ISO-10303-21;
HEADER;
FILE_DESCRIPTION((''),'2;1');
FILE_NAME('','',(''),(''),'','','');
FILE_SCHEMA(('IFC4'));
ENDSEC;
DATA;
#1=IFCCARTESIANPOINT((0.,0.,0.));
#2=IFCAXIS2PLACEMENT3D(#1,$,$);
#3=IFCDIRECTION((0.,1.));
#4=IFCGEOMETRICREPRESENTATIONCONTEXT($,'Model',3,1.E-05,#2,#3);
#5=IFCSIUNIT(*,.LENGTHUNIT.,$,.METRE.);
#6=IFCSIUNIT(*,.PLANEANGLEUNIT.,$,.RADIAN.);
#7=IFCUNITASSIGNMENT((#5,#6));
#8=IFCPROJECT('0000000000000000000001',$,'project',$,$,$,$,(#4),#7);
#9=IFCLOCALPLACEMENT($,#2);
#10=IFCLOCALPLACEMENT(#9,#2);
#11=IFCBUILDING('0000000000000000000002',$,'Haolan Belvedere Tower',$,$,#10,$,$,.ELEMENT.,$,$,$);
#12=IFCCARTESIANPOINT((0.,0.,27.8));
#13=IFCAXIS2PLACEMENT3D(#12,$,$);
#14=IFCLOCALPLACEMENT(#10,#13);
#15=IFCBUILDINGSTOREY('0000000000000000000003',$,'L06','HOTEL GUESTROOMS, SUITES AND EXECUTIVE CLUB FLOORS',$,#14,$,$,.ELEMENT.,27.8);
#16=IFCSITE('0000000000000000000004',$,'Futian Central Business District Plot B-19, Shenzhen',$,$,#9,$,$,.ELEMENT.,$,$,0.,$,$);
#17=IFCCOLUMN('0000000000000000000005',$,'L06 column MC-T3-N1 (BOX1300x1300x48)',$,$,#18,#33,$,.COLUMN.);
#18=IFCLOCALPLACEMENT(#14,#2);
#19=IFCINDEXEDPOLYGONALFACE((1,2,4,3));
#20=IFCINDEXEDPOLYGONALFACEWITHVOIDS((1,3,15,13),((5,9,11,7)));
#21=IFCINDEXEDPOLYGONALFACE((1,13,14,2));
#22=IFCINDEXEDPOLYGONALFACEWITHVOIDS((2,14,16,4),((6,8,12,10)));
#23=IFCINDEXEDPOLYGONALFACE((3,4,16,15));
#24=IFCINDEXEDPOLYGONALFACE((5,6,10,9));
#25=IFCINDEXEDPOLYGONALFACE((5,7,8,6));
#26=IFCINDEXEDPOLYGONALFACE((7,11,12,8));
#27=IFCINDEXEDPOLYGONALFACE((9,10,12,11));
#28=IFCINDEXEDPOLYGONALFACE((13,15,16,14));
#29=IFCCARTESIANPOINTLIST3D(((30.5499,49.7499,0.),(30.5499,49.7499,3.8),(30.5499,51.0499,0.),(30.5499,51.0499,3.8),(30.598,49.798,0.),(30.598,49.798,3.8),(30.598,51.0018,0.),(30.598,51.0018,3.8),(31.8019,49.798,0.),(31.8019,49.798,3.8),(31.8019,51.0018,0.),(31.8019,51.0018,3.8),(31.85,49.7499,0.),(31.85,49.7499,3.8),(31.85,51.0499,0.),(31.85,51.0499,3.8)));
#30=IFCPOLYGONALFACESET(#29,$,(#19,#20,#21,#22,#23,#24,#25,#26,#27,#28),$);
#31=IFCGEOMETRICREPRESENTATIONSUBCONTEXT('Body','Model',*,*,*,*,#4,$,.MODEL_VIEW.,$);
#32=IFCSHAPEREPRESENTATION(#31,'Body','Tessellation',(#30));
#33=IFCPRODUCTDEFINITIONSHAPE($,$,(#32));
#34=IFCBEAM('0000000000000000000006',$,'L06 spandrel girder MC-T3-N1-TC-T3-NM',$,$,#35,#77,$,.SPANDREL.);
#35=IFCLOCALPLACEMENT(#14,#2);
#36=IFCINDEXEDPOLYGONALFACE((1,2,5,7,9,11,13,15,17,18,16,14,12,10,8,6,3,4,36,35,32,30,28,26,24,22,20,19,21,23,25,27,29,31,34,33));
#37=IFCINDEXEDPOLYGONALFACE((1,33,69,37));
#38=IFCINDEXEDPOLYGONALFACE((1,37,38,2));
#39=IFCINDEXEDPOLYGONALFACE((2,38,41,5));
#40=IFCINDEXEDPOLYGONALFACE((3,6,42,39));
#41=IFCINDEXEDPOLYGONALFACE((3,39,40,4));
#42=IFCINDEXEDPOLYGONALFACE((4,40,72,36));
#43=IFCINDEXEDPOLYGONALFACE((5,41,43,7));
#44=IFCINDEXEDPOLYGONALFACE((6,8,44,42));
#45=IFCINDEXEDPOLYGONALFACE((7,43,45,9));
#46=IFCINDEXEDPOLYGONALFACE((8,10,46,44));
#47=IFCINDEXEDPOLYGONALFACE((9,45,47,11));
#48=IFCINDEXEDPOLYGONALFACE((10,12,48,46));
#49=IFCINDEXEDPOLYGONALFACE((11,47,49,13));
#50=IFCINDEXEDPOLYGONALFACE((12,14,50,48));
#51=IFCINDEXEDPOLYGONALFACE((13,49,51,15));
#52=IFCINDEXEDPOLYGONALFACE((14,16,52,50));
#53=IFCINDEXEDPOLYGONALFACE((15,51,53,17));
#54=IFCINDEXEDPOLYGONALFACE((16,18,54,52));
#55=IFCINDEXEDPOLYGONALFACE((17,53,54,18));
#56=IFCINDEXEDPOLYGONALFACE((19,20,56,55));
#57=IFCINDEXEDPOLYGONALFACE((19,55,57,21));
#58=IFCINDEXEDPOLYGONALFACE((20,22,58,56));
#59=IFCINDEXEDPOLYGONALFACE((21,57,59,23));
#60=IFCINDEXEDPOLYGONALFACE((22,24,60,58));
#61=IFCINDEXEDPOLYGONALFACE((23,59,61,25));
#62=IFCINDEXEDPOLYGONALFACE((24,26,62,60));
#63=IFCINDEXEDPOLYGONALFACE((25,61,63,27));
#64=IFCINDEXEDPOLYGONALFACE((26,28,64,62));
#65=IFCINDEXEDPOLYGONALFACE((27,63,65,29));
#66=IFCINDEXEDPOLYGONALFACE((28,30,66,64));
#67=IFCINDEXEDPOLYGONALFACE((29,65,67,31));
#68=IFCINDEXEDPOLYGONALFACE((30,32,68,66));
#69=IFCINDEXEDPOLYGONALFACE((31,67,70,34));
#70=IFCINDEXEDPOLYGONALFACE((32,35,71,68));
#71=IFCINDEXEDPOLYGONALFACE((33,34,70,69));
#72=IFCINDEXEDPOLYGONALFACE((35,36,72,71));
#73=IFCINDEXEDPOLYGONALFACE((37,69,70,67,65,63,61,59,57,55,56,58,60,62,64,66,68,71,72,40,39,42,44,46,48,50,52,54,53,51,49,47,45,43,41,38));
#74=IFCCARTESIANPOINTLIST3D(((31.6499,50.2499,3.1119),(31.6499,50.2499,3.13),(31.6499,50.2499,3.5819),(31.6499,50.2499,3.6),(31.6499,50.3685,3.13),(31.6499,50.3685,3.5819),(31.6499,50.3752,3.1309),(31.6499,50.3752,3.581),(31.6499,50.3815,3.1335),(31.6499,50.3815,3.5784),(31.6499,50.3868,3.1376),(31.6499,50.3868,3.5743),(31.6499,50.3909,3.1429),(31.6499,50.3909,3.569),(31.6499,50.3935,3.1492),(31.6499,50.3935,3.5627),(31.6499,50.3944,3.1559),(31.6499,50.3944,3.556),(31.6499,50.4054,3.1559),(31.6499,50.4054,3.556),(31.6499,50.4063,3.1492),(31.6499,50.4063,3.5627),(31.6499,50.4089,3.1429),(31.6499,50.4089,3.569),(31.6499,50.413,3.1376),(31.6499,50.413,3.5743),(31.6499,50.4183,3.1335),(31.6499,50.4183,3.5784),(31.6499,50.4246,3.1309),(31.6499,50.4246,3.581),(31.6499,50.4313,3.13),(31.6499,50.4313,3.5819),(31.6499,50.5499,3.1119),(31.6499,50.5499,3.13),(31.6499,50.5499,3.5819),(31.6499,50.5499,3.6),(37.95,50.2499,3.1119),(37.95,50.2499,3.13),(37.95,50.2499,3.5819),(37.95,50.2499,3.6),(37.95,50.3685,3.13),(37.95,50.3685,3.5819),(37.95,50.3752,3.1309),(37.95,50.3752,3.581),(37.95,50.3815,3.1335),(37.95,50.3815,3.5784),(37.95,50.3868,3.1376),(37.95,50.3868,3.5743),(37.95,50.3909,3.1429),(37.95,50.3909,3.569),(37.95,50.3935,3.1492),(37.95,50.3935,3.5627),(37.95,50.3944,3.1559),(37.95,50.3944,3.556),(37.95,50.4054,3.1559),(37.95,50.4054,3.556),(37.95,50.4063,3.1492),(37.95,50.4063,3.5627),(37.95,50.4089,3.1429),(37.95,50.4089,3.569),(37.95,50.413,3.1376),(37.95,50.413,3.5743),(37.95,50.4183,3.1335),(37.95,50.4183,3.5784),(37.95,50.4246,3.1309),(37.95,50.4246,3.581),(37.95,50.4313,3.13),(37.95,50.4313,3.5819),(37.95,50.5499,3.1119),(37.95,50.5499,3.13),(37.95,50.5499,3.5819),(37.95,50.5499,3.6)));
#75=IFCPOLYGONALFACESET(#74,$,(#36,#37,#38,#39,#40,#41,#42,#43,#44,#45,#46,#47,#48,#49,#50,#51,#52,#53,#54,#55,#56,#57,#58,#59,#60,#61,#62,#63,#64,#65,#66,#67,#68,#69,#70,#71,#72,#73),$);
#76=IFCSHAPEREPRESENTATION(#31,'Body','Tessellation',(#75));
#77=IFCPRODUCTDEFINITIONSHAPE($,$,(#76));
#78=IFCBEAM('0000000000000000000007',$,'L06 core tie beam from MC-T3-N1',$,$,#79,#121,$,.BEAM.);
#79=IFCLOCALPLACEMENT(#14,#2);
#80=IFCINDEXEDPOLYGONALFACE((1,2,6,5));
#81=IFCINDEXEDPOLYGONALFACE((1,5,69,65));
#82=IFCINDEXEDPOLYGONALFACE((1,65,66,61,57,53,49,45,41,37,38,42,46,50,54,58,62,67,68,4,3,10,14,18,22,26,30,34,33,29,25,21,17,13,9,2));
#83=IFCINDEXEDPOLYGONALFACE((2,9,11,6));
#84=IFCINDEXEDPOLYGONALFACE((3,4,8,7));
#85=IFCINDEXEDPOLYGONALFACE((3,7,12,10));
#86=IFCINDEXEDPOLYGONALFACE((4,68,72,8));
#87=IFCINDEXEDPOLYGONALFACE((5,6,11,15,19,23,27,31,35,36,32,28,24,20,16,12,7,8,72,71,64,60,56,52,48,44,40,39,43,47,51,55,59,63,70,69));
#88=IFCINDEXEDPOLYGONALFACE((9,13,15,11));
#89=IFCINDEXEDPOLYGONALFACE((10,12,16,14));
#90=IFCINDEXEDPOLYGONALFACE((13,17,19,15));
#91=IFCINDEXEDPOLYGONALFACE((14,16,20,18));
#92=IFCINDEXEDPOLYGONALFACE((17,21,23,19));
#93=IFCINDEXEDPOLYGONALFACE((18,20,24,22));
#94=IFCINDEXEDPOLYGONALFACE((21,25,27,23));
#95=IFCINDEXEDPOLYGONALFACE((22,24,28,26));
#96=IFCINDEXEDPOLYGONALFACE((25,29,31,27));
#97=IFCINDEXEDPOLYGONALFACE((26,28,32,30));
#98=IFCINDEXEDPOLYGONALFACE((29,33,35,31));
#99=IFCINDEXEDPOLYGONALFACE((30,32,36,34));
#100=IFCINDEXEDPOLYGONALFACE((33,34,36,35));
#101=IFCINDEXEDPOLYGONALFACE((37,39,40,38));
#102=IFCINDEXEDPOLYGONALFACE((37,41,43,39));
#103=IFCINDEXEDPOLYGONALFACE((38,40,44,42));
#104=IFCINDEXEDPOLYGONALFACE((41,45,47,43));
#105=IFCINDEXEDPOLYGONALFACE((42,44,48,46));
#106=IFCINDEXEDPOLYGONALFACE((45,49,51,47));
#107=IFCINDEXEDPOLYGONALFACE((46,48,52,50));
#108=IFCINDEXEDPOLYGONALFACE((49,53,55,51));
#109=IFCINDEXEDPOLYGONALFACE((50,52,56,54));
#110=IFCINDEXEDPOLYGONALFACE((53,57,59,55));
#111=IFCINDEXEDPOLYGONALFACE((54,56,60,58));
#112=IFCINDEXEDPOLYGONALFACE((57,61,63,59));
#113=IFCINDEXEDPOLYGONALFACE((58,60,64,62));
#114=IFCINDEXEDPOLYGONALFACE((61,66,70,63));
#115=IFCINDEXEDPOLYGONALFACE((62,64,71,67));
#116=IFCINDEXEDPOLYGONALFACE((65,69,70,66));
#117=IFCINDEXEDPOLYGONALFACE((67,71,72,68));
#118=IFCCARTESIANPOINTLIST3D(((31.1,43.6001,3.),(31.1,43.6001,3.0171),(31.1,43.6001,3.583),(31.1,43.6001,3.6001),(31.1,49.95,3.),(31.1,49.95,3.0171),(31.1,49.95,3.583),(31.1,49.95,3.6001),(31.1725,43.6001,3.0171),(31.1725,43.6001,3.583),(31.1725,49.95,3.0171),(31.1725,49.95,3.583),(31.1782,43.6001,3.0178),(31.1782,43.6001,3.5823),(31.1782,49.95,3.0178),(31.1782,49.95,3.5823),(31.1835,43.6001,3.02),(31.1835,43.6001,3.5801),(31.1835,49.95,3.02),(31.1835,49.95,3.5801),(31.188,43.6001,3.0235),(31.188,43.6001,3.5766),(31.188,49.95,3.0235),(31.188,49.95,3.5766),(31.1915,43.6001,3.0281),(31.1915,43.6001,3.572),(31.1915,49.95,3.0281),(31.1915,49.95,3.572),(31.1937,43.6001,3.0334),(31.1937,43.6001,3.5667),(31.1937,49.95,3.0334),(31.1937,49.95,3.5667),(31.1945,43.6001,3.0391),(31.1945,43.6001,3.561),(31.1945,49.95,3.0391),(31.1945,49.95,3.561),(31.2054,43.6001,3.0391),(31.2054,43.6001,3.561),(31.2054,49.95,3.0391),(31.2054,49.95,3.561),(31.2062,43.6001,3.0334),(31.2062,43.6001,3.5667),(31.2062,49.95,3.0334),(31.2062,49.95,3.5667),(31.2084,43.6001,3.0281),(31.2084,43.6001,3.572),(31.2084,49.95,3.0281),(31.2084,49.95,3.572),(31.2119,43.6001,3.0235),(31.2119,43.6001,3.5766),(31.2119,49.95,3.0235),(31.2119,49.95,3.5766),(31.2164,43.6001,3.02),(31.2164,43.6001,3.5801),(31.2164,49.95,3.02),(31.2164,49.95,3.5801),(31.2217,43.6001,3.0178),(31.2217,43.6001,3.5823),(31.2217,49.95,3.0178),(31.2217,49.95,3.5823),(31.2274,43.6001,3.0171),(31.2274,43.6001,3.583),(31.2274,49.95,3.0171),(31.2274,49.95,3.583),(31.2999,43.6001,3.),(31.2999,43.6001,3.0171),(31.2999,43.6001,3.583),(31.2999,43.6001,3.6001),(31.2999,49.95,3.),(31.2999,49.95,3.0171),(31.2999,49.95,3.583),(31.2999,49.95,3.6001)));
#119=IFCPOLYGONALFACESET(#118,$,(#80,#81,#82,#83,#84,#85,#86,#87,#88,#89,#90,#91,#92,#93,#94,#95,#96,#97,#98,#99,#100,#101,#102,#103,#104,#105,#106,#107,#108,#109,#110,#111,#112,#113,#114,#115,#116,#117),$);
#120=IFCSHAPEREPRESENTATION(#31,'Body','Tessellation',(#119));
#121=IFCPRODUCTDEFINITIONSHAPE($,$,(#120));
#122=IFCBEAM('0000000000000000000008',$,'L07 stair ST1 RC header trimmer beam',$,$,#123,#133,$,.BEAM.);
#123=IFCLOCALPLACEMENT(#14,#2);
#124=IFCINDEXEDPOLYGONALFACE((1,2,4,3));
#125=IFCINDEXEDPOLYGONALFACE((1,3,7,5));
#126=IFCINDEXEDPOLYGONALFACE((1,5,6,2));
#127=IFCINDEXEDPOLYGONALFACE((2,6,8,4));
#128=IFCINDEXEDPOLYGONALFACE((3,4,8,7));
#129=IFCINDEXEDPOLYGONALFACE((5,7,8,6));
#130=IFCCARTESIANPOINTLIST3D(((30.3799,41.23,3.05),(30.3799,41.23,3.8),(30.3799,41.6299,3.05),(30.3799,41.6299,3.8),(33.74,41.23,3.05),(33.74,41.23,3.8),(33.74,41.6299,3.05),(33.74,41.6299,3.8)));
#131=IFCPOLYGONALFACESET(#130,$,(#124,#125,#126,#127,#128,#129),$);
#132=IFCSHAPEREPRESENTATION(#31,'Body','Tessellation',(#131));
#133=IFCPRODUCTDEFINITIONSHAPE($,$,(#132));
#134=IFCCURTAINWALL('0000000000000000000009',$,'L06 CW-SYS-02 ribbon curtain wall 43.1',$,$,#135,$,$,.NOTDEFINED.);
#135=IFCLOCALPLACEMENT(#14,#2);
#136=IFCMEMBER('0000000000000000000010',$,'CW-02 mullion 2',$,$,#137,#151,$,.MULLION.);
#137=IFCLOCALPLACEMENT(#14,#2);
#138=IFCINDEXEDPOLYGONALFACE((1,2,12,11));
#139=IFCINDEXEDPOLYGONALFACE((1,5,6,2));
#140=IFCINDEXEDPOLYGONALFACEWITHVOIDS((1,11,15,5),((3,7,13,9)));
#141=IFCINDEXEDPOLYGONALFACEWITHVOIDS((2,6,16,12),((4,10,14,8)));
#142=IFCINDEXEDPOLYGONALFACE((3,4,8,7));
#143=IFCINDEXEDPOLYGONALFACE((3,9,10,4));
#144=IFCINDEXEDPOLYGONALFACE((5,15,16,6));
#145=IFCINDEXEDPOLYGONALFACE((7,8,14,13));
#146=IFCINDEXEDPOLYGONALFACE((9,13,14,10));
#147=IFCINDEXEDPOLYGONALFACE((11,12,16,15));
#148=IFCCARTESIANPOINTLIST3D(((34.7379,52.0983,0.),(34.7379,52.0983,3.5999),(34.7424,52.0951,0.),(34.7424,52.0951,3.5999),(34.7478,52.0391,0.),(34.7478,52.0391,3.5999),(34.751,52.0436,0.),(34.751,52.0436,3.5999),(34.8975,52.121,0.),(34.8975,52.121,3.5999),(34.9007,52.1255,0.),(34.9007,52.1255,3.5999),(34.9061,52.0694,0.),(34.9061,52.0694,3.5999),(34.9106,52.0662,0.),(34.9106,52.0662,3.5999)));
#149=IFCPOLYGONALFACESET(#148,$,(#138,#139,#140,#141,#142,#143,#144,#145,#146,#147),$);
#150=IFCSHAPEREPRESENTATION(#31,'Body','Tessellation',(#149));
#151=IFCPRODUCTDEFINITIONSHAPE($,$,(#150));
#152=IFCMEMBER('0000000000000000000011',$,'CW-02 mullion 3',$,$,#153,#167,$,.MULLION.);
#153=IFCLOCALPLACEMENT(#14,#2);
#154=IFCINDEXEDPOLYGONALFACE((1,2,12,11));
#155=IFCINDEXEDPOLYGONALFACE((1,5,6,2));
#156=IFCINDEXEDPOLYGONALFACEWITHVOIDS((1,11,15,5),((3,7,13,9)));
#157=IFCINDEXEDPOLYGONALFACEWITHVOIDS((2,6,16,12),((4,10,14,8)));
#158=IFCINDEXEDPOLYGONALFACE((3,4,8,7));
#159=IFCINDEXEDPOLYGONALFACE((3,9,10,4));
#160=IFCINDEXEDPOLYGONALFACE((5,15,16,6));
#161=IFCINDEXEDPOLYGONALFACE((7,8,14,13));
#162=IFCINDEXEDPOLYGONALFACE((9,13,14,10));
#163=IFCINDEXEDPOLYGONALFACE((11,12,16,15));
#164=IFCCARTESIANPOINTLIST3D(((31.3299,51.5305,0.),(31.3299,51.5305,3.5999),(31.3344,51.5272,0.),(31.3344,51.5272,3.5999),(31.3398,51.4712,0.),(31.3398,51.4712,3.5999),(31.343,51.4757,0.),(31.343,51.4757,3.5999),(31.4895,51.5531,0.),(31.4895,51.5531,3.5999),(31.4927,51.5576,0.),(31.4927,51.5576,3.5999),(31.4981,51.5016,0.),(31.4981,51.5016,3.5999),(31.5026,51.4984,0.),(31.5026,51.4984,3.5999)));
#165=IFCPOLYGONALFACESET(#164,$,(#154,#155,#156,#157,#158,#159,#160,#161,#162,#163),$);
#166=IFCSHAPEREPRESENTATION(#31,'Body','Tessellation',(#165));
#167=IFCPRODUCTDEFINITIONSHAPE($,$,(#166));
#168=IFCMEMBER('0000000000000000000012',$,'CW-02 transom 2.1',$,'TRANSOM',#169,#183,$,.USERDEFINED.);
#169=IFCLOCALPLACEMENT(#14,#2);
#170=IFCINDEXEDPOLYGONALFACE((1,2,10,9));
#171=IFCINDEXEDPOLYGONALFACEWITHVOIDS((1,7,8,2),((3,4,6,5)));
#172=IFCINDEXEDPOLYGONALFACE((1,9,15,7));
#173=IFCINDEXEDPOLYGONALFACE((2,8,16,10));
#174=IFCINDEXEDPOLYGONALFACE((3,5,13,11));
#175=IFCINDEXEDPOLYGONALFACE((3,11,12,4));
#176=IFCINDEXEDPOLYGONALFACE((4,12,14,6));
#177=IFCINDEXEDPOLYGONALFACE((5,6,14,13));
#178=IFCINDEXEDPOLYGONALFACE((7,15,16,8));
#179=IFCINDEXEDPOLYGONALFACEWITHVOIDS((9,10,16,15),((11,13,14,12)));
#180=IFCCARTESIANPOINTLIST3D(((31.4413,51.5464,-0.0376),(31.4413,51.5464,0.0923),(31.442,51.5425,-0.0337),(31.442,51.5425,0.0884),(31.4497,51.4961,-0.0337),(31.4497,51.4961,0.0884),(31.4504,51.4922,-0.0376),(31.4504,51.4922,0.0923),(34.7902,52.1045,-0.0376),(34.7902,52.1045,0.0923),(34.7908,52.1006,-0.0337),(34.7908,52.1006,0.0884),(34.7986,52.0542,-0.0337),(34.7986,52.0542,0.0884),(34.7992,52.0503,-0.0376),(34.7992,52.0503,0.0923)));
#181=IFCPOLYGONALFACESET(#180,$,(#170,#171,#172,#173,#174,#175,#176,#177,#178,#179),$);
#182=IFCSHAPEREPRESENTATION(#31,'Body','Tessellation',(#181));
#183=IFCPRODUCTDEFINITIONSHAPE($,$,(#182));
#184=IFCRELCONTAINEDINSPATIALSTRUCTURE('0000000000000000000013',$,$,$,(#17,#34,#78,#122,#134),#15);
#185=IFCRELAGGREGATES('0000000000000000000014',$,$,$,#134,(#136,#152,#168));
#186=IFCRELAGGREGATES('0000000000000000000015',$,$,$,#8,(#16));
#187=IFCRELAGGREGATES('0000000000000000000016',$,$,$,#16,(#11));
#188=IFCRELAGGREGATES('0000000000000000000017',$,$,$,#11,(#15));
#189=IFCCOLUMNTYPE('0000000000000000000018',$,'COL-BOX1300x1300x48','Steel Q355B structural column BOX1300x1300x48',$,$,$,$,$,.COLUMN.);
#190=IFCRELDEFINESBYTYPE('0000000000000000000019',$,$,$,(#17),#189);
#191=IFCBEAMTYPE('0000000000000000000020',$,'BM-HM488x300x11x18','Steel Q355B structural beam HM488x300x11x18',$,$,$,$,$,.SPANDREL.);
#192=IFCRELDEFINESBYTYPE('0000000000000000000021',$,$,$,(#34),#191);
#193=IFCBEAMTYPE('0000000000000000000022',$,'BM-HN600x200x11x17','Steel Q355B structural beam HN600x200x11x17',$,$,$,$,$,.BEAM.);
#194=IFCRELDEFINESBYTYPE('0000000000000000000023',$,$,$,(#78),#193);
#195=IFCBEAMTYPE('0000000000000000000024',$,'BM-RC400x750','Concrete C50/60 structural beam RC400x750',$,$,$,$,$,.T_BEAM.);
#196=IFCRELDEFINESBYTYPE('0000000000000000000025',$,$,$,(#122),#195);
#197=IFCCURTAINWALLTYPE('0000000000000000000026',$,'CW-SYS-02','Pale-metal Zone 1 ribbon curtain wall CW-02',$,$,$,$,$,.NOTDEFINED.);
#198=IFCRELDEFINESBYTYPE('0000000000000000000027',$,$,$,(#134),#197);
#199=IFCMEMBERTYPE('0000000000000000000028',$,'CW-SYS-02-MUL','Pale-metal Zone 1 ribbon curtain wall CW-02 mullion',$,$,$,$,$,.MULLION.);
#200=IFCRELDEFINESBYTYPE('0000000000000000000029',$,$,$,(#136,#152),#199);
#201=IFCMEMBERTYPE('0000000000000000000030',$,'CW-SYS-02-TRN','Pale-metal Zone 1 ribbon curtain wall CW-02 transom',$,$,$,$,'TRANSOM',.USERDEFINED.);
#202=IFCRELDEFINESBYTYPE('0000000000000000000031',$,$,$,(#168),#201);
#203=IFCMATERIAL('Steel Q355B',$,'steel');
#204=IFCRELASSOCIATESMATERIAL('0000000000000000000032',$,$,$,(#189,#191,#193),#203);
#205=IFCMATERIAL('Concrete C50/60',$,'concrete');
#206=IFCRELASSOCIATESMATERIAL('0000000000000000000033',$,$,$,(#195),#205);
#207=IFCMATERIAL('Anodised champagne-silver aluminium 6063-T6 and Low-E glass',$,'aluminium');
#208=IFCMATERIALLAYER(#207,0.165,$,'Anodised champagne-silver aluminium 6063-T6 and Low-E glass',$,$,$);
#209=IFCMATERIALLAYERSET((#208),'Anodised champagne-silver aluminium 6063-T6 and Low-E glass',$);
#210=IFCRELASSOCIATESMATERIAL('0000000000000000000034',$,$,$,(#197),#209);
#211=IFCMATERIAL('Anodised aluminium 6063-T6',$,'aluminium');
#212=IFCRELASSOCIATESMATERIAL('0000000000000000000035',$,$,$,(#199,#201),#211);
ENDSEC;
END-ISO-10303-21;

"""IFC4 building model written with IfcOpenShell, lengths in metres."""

from ifc_helpers import new_model, si_unit, direction, frame, origin, origin_2d, place, context, subcontext, project, spatial, rectangle, hollow_rectangle, i_section, extrude, material, layer, layer_set, material_profile, profile_set, type_object, element, aggregate, save


model = new_model("IFC4")

# Units and contexts
model_context = context("Model", 3, precision=1e-05, world=origin(), true_north=direction((0.0, 1.0)))
body_context = subcontext(model_context, "Body", "Model", "MODEL_VIEW")
ifc_project = project(units=[si_unit("LENGTHUNIT", "METRE"), si_unit("PLANEANGLEUNIT", "RADIAN")], contexts=[model_context])

# Site, building, storey
site_placement = place(None, origin())
site = spatial("IfcSite", under=ifc_project, at=site_placement, Name="Futian Central Business District Plot B-19, Shenzhen", CompositionType="ELEMENT", RefElevation=0.0)
building_placement = place(site_placement, origin())
building = spatial("IfcBuilding", under=site, at=building_placement, Name="Haolan Belvedere Tower", CompositionType="ELEMENT")
storey_placement = place(building_placement, frame((0.0, 0.0, 27.8)))
storey = spatial("IfcBuildingStorey", under=building, at=storey_placement, Name="L06", Description="HOTEL GUESTROOMS, SUITES AND EXECUTIVE CLUB FLOORS", CompositionType="ELEMENT", Elevation=27.8)

# Column
ifc_material_1 = material(Name="Steel Q355B", Category="steel")
ifc_material_profile_1 = material_profile(ifc_material_1, hollow_rectangle(XDim=1.3, YDim=1.3, WallThickness=0.0481, at=origin_2d()), Name="Steel Q355B")
ifc_profile_set_1 = profile_set([ifc_material_profile_1], Name="Steel Q355B")
column_type = type_object("IfcColumnType", Name="COL-BOX1300x1300x48", Description="Steel Q355B structural column BOX1300x1300x48", PredefinedType="COLUMN", material=ifc_profile_set_1)
column_placement = place(storey_placement, frame((31.2, 50.3999, 0.0), z_axis=(0.0, 0.0, 1.0), x_axis=(1.0, 0.0, 0.0)))
element("IfcColumn", 1, at=column_placement, inside=storey, type_object=column_type, Name="L06 column MC-T3-N1 (BOX1300x1300x48)", PredefinedType="COLUMN", context=body_context, shape_type="SweptSolid", body=[
    extrude(hollow_rectangle(XDim=1.3, YDim=1.3, WallThickness=0.0481, at=origin_2d()), origin(), (0.0, 0.0, 1.0), 3.8),
])

# Beams
ifc_material_profile_2 = material_profile(ifc_material_1, i_section(OverallWidth=0.3, OverallDepth=0.488, WebThickness=0.011, FlangeThickness=0.0181, FilletRadius=0.0259, at=origin_2d()), Name="Steel Q355B")
ifc_profile_set_2 = profile_set([ifc_material_profile_2], Name="Steel Q355B")
beam_type_1 = type_object("IfcBeamType", Name="BM-HM488x300x11x18", Description="Steel Q355B structural beam HM488x300x11x18", PredefinedType="SPANDREL", material=ifc_profile_set_2)
beam_1_placement = place(storey_placement, frame((31.6499, 50.3999, 3.356), z_axis=(1.0, 0.0, 0.0), x_axis=(0.0, 1.0, 0.0)))
element("IfcBeam", 2, at=beam_1_placement, inside=storey, type_object=beam_type_1, Name="L06 spandrel girder MC-T3-N1-TC-T3-NM", PredefinedType="SPANDREL", context=body_context, shape_type="SweptSolid", body=[
    extrude(i_section(OverallWidth=0.3, OverallDepth=0.488, WebThickness=0.011, FlangeThickness=0.0181, FilletRadius=0.0259, at=origin_2d()), origin(), (0.0, 0.0, 1.0), 6.3),
])
ifc_material_profile_3 = material_profile(ifc_material_1, i_section(OverallWidth=0.2, OverallDepth=0.6001, WebThickness=0.011, FlangeThickness=0.0171, FilletRadius=0.022, at=origin_2d()), Name="Steel Q355B")
ifc_profile_set_3 = profile_set([ifc_material_profile_3], Name="Steel Q355B")
beam_type_2 = type_object("IfcBeamType", Name="BM-HN600x200x11x17", Description="Steel Q355B structural beam HN600x200x11x17", PredefinedType="BEAM", material=ifc_profile_set_3)
beam_2_placement = place(storey_placement, frame((31.2, 49.95, 3.3), z_axis=(0.0, -1.0, 0.0), x_axis=(1.0, 0.0, 0.0)))
element("IfcBeam", 3, at=beam_2_placement, inside=storey, type_object=beam_type_2, Name="L06 core tie beam from MC-T3-N1", PredefinedType="BEAM", context=body_context, shape_type="SweptSolid", body=[
    extrude(i_section(OverallWidth=0.2, OverallDepth=0.6001, WebThickness=0.011, FlangeThickness=0.0171, FilletRadius=0.022, at=origin_2d()), origin(), (0.0, 0.0, 1.0), 6.3499),
])
ifc_material_2 = material(Name="Concrete C50/60", Category="concrete")
ifc_material_profile_4 = material_profile(ifc_material_2, rectangle(XDim=0.3999, YDim=0.75, at=origin_2d()), Name="Concrete C50/60")
ifc_profile_set_4 = profile_set([ifc_material_profile_4], Name="Concrete C50/60")
beam_type_3 = type_object("IfcBeamType", Name="BM-RC400x750", Description="Concrete C50/60 structural beam RC400x750", PredefinedType="T_BEAM", material=ifc_profile_set_4)
beam_3_placement = place(storey_placement, frame((30.3799, 41.4299, 3.425), z_axis=(1.0, 0.0, 0.0), x_axis=(0.0, 1.0, 0.0)))
element("IfcBeam", 4, at=beam_3_placement, inside=storey, type_object=beam_type_3, Name="L07 stair ST1 RC header trimmer beam", PredefinedType="BEAM", context=body_context, shape_type="SweptSolid", body=[
    extrude(rectangle(XDim=0.3999, YDim=0.75, at=origin_2d()), origin(), (0.0, 0.0, 1.0), 3.3601),
])

# Curtain wall, members
ifc_material_3 = material(Name="Anodised champagne-silver aluminium 6063-T6 and Low-E glass", Category="aluminium")
ifc_layer_1 = layer(ifc_material_3, 0.165, Name="Anodised champagne-silver aluminium 6063-T6 and Low-E glass")
ifc_layer_set_1 = layer_set([ifc_layer_1], Name="Anodised champagne-silver aluminium 6063-T6 and Low-E glass")
curtain_wall_type = type_object("IfcCurtainWallType", Name="CW-SYS-02", Description="Pale-metal Zone 1 ribbon curtain wall CW-02", PredefinedType="NOTDEFINED", material=ifc_layer_set_1)
curtain_wall_placement = place(storey_placement, origin())
curtain_wall = element("IfcCurtainWall", 5, at=curtain_wall_placement, inside=storey, type_object=curtain_wall_type, Name="L06 CW-SYS-02 ribbon curtain wall 43.1", PredefinedType="NOTDEFINED")
ifc_material_4 = material(Name="Anodised aluminium 6063-T6", Category="aluminium")
ifc_material_profile_5 = material_profile(ifc_material_4, hollow_rectangle(XDim=0.0601, YDim=0.165, WallThickness=0.0039, at=origin_2d()), Name="Anodised aluminium 6063-T6")
ifc_profile_set_5 = profile_set([ifc_material_profile_5], Name="Anodised aluminium 6063-T6")
member_type_1 = type_object("IfcMemberType", Name="CW-SYS-02-MUL", Description="Pale-metal Zone 1 ribbon curtain wall CW-02 mullion", PredefinedType="MULLION", material=ifc_profile_set_5)
member_1_placement = place(storey_placement, frame((34.8242, 52.0823, 0.0), z_axis=(0.0, 0.0, 1.0), x_axis=(0.164404, -0.986393, 0.0)))
member_1 = element("IfcMember", 6, at=member_1_placement, type_object=member_type_1, Name="CW-02 mullion 2", PredefinedType="MULLION", context=body_context, shape_type="SweptSolid", body=[
    extrude(hollow_rectangle(XDim=0.0601, YDim=0.165, WallThickness=0.0039, at=origin_2d()), origin(), (0.0, 0.0, 1.0), 3.5999),
])
member_2_placement = place(storey_placement, frame((31.4163, 51.5144, 0.0), z_axis=(0.0, 0.0, 1.0), x_axis=(0.164404, -0.986393, 0.0)))
member_2 = element("IfcMember", 7, at=member_2_placement, type_object=member_type_1, Name="CW-02 mullion 3", PredefinedType="MULLION", context=body_context, shape_type="SweptSolid", body=[
    extrude(hollow_rectangle(XDim=0.0601, YDim=0.165, WallThickness=0.0039, at=origin_2d()), origin(), (0.0, 0.0, 1.0), 3.5999),
])
ifc_material_profile_6 = material_profile(ifc_material_4, hollow_rectangle(XDim=0.0549, YDim=0.1299, WallThickness=0.0039, at=origin_2d()), Name="Anodised aluminium 6063-T6")
ifc_profile_set_6 = profile_set([ifc_material_profile_6], Name="Anodised aluminium 6063-T6")
member_type_2 = type_object("IfcMemberType", Name="CW-SYS-02-TRN", Description="Pale-metal Zone 1 ribbon curtain wall CW-02 transom", ElementType="TRANSOM", PredefinedType="USERDEFINED", material=ifc_profile_set_6)
member_3_placement = place(storey_placement, frame((34.7947, 52.0774, 0.0273), z_axis=(-0.986396, -0.164387, 0.0), x_axis=(0.164387, -0.986396, 0.0)))
member_3 = element("IfcMember", 8, at=member_3_placement, type_object=member_type_2, Name="CW-02 transom 2.1", ObjectType="TRANSOM", PredefinedType="USERDEFINED", context=body_context, shape_type="SweptSolid", body=[
    extrude(hollow_rectangle(XDim=0.0549, YDim=0.1299, WallThickness=0.0039, at=origin_2d()), origin(), (0.0, 0.0, 1.0), 3.395),
])
aggregate(curtain_wall, [member_1, member_2, member_3])

save(model, "model.ifc")
